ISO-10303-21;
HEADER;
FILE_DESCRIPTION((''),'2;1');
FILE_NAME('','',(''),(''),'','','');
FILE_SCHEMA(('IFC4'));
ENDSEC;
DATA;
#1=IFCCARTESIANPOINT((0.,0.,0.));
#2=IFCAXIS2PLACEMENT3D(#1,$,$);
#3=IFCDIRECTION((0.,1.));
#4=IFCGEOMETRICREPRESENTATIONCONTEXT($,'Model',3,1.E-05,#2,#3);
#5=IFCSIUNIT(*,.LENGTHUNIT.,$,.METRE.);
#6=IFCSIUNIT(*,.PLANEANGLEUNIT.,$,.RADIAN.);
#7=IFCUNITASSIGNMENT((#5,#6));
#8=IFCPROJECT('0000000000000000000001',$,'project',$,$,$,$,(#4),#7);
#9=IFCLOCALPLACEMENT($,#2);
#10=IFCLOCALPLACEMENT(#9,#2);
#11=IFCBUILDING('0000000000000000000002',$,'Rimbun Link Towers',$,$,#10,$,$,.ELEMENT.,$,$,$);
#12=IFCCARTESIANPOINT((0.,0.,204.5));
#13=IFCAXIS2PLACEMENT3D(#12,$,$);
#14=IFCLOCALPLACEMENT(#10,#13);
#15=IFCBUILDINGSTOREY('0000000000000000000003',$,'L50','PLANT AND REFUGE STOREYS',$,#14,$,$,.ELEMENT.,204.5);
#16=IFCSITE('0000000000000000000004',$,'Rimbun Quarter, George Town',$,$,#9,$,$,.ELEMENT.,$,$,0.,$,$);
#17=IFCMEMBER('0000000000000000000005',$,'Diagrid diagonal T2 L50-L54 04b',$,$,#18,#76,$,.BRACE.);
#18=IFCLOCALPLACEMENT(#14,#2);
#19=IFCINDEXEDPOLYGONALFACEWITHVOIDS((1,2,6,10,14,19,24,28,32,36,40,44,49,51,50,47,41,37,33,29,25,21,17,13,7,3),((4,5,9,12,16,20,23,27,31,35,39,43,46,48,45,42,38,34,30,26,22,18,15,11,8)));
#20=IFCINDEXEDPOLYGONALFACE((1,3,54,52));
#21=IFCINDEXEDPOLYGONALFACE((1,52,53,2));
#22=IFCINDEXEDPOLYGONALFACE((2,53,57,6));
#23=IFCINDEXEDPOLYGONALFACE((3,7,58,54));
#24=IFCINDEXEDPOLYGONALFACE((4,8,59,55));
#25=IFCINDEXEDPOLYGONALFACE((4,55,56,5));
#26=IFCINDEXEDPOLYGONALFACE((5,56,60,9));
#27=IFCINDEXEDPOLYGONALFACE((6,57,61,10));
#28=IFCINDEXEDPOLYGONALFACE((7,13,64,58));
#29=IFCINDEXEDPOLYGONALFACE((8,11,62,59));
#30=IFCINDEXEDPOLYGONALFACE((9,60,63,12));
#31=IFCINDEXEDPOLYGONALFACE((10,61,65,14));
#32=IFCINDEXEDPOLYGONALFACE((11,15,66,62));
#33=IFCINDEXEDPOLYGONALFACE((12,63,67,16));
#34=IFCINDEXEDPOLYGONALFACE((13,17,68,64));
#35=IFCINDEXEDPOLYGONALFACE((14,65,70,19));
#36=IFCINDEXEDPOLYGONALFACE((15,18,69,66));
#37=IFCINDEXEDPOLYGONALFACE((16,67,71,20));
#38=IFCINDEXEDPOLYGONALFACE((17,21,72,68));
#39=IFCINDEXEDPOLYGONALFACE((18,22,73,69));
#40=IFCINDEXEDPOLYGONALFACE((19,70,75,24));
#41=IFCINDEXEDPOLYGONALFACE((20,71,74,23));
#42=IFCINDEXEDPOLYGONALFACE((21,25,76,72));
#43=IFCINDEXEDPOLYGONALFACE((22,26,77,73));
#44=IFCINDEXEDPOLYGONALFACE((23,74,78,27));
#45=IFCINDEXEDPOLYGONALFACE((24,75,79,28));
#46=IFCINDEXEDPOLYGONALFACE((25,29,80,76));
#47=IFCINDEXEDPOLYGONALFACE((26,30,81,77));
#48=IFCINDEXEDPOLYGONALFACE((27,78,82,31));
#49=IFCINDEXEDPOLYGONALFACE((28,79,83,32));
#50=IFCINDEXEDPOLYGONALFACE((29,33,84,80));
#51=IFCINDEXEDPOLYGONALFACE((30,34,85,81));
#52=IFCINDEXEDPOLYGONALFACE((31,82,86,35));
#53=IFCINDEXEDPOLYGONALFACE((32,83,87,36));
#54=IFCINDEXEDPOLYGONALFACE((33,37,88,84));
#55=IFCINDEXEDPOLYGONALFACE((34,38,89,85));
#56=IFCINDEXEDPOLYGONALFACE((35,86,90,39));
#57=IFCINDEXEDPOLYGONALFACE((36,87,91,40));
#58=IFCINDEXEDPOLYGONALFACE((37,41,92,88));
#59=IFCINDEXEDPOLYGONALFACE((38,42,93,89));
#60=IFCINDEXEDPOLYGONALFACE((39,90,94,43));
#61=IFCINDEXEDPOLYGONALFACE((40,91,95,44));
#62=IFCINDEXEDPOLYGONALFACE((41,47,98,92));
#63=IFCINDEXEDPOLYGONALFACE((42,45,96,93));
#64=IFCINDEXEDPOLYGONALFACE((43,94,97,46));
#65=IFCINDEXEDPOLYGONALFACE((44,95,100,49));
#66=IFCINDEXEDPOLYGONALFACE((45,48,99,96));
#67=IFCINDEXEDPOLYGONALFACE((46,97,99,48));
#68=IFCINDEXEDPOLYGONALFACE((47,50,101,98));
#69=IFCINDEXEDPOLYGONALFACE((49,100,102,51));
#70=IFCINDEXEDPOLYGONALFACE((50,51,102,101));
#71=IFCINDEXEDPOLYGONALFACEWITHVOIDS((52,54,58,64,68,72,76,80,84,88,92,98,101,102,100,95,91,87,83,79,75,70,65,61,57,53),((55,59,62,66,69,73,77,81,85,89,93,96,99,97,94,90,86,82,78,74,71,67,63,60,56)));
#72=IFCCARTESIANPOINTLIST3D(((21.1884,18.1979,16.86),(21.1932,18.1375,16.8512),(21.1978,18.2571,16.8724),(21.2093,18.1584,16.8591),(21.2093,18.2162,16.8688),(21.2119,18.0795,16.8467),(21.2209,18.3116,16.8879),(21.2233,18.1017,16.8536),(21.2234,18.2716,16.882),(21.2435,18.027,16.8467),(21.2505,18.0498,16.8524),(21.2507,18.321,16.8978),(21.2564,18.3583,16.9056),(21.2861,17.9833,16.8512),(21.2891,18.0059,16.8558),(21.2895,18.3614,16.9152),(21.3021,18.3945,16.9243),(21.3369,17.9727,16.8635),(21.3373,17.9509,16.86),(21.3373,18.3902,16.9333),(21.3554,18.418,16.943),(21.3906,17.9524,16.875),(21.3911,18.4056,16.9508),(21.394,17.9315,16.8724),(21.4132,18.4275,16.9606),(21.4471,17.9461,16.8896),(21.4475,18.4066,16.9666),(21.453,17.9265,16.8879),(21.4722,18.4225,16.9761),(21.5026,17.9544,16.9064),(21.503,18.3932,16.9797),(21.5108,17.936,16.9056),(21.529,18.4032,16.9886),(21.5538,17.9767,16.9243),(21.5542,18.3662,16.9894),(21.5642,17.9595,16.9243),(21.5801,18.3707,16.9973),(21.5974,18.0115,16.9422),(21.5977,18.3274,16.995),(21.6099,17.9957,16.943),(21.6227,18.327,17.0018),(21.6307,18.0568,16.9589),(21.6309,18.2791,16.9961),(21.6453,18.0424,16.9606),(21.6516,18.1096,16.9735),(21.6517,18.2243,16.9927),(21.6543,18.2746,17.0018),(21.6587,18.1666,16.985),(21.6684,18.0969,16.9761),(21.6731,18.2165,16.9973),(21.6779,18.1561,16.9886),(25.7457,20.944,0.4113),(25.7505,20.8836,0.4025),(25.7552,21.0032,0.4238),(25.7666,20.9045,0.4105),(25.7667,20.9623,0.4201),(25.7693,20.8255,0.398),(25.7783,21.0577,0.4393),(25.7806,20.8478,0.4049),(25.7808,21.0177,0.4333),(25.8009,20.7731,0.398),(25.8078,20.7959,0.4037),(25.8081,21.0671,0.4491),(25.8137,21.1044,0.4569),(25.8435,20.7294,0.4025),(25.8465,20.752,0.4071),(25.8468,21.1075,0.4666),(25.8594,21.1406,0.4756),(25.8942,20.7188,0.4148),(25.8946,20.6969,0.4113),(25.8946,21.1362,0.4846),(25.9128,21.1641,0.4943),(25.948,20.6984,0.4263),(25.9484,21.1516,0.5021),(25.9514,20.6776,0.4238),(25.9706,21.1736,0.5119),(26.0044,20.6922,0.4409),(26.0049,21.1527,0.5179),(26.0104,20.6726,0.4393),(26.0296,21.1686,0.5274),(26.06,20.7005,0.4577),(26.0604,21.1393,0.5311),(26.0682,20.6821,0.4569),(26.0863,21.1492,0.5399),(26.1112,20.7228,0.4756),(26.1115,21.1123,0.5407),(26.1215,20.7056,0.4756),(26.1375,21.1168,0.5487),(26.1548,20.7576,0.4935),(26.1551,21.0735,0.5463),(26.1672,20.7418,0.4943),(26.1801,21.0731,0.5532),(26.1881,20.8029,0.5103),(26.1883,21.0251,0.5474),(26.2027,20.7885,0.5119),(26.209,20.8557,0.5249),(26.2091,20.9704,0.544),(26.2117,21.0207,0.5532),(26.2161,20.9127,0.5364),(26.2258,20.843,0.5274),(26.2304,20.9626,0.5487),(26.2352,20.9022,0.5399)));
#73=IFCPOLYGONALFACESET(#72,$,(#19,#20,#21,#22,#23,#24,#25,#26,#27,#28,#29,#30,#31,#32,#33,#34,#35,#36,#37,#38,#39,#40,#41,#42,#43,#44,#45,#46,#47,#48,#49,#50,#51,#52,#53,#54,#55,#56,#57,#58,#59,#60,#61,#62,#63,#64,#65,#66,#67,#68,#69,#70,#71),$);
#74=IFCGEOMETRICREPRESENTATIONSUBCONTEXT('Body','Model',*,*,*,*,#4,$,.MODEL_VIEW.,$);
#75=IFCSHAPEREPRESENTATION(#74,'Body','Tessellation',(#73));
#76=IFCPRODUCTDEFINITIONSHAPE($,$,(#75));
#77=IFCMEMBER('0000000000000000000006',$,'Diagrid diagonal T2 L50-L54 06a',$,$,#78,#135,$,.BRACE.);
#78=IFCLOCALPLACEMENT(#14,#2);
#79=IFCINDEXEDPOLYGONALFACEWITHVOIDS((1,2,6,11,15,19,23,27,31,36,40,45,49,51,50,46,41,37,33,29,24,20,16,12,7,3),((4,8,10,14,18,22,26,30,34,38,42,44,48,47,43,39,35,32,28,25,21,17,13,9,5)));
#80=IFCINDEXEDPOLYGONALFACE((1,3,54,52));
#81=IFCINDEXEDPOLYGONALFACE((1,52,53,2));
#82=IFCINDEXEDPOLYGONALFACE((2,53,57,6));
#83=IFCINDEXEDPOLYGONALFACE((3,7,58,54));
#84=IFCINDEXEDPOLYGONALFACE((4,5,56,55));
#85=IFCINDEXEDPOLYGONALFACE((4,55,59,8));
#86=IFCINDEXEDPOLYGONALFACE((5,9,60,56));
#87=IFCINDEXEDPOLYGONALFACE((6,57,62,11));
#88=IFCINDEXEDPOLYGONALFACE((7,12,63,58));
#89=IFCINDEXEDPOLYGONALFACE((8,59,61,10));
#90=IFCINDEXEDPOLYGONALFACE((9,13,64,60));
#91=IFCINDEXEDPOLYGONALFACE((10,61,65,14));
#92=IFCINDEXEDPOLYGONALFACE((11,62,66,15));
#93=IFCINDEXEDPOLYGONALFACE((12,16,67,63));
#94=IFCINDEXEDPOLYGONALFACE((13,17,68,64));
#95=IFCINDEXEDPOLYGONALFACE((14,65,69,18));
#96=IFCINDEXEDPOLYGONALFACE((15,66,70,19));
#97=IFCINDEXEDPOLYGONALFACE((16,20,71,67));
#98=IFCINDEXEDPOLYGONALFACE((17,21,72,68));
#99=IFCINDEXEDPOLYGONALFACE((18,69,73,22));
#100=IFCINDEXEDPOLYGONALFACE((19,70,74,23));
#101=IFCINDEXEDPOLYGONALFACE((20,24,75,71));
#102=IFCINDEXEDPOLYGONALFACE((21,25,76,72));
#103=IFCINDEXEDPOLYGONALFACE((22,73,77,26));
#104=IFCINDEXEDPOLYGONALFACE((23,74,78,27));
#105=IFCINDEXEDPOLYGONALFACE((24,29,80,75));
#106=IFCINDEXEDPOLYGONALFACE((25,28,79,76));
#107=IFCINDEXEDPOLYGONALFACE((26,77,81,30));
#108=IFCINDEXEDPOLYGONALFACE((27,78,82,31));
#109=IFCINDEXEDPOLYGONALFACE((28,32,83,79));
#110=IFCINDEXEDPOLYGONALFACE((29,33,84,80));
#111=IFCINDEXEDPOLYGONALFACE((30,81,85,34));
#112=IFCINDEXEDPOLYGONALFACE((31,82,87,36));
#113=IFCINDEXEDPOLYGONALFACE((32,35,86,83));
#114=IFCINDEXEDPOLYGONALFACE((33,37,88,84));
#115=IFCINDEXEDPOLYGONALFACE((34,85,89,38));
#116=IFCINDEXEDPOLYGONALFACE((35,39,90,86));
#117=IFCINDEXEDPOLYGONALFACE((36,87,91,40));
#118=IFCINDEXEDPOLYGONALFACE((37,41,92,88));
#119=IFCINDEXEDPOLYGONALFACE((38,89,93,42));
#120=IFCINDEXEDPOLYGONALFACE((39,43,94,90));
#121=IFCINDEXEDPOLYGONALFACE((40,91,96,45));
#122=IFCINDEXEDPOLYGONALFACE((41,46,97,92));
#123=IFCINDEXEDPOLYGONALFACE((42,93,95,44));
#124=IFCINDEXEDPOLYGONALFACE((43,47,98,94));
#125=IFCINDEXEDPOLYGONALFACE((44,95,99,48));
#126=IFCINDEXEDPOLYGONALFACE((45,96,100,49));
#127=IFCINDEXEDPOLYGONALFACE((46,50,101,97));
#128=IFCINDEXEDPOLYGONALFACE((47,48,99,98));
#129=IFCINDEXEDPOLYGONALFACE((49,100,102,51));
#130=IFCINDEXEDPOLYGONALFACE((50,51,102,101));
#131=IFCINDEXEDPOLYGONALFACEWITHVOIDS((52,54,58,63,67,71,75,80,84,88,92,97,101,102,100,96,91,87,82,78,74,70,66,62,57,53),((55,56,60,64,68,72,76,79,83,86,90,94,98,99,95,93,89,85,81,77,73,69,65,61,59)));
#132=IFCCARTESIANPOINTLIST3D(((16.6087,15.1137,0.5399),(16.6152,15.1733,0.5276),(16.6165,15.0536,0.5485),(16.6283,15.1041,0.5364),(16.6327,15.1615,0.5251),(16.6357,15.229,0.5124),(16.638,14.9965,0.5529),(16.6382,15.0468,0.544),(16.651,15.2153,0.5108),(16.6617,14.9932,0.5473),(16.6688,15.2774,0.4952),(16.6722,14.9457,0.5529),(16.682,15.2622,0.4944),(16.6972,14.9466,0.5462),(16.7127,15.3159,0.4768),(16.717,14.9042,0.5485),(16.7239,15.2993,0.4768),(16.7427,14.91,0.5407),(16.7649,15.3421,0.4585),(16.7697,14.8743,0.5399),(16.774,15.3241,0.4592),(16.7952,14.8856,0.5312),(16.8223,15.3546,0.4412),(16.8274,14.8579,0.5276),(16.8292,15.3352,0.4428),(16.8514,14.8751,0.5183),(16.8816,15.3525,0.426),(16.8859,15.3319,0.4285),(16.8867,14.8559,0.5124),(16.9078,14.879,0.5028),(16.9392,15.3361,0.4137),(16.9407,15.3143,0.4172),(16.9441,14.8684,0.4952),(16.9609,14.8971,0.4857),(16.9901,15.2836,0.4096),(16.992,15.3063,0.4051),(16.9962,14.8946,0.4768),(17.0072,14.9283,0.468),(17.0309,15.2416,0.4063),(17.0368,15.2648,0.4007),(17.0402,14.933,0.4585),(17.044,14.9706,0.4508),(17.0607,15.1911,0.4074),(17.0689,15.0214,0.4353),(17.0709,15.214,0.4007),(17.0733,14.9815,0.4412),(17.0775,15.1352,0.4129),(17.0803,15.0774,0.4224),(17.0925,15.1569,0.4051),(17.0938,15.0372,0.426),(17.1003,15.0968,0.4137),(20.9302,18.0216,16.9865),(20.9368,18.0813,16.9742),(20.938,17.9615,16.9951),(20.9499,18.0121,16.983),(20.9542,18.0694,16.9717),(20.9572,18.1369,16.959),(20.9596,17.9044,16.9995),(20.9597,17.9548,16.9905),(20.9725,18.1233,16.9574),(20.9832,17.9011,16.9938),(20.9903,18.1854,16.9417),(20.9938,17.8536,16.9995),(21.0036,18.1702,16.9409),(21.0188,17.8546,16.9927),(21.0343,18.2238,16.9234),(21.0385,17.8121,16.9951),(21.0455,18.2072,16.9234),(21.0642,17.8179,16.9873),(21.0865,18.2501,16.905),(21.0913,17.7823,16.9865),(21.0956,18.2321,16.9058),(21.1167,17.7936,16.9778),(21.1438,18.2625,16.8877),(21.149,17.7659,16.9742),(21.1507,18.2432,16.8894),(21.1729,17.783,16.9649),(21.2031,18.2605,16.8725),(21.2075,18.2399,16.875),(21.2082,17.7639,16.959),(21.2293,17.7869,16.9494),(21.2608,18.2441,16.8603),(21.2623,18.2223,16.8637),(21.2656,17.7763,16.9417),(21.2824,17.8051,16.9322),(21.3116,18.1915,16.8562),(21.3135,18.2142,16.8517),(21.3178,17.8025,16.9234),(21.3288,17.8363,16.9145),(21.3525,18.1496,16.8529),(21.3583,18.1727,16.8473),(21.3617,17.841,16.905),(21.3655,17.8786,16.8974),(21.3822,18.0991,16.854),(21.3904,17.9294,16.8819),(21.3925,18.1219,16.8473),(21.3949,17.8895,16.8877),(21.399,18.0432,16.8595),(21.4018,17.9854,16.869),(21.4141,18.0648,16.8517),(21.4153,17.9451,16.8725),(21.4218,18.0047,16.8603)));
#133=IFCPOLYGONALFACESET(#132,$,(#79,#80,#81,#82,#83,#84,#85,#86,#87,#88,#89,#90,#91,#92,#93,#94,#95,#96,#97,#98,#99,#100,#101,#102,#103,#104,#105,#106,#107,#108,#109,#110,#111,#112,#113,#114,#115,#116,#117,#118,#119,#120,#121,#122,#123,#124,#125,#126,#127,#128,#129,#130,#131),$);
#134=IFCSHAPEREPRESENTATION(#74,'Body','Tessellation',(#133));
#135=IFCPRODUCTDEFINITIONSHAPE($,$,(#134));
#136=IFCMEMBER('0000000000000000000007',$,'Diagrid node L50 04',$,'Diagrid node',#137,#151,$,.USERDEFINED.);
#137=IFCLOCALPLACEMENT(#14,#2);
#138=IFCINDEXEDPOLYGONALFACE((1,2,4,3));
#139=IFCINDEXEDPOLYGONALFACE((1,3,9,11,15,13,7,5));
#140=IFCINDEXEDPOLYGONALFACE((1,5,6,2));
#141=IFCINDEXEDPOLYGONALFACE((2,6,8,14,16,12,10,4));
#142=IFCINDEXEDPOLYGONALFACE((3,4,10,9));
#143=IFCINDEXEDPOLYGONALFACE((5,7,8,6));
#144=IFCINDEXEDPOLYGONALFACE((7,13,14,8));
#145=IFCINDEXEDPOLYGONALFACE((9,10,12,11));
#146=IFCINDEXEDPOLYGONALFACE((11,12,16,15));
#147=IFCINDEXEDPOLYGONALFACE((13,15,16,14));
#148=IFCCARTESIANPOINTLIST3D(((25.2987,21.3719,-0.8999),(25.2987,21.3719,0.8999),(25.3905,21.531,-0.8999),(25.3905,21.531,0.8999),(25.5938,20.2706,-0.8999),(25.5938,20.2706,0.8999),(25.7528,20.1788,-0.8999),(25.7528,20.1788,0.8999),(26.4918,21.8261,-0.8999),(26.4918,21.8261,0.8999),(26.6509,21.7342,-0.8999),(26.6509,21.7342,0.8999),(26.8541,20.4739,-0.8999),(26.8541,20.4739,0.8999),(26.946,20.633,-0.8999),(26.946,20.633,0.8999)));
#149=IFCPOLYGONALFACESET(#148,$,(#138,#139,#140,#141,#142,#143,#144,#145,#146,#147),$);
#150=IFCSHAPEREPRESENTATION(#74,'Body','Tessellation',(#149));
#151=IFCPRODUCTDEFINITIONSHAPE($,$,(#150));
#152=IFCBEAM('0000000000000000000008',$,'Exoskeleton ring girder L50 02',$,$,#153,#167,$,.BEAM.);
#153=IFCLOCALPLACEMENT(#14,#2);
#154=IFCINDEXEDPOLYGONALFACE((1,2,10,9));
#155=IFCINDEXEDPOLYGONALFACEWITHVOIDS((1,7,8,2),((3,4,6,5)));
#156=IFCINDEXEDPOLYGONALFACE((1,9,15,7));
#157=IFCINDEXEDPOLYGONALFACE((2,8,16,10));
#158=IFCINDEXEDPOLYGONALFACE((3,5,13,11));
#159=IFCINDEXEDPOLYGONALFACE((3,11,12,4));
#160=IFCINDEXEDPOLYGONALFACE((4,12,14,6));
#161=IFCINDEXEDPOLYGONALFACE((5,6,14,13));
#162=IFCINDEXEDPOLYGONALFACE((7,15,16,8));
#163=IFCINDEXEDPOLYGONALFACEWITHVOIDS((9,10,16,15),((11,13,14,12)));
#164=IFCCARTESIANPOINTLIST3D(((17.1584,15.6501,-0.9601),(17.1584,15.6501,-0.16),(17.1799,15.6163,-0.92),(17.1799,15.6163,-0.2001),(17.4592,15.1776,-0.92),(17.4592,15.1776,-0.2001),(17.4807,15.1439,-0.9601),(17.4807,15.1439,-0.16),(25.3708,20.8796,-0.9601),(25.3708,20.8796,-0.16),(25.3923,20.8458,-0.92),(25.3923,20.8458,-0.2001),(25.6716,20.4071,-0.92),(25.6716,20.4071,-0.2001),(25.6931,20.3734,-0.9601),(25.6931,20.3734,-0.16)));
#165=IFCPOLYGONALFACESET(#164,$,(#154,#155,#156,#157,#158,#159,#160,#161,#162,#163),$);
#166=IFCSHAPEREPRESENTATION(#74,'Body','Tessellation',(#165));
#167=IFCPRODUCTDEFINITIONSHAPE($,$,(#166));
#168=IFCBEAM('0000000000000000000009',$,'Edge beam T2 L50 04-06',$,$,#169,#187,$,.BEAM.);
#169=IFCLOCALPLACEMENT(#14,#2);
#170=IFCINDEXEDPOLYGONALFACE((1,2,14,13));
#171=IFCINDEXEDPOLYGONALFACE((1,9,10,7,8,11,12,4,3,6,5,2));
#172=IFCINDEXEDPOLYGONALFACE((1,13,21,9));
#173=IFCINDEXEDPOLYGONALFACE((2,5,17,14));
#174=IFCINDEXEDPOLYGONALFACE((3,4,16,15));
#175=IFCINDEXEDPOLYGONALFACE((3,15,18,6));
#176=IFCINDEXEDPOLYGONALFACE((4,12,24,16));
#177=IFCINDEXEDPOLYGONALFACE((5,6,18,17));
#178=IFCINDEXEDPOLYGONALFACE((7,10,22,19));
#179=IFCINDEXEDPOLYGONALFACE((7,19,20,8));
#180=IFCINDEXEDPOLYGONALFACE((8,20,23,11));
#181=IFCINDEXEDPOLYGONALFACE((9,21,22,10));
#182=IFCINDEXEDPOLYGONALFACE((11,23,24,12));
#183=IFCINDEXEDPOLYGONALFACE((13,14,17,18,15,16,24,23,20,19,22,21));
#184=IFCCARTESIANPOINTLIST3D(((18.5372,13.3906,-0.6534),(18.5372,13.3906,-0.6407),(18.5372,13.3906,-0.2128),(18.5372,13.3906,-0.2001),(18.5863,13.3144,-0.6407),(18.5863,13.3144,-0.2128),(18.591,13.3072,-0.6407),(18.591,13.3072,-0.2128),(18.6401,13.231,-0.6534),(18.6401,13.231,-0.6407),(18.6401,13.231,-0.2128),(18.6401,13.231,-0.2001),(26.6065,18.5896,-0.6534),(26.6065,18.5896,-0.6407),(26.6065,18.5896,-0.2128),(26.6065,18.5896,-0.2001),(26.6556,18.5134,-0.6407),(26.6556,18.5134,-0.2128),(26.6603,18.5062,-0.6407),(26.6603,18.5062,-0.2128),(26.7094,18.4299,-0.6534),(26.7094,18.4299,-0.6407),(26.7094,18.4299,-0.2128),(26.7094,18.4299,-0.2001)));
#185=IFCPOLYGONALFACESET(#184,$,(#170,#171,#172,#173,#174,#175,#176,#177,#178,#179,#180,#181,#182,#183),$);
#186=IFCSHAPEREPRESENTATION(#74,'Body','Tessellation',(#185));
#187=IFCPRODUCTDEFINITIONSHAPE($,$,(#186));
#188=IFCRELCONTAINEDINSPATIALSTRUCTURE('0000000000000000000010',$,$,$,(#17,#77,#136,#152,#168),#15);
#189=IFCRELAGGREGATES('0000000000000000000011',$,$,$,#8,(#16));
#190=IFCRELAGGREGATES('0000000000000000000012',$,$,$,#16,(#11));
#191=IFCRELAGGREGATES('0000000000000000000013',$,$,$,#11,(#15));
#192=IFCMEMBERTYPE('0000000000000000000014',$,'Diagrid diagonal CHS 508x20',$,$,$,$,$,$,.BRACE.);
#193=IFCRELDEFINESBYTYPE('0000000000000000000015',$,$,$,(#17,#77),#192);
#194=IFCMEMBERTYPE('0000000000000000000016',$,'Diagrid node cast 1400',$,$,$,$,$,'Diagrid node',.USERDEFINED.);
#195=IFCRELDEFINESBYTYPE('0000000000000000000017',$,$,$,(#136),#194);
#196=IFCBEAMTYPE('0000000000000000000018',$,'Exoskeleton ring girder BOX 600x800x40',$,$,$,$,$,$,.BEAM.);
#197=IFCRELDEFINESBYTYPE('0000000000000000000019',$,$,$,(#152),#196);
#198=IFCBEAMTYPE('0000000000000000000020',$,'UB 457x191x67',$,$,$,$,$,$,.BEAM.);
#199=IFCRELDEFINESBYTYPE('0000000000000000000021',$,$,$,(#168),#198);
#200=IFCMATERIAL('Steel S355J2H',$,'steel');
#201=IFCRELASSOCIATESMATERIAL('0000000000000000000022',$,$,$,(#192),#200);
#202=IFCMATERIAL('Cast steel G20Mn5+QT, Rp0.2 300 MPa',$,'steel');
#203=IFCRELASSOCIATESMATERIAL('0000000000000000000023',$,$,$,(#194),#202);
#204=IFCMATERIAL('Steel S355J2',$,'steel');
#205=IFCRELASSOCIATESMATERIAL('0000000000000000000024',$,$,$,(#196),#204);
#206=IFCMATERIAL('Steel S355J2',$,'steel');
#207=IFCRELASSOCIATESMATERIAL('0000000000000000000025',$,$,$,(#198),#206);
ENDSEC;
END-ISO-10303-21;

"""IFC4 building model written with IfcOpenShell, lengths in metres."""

from ifc_helpers import new_model, si_unit, direction, frame, origin, origin_2d, place, context, subcontext, project, spatial, polyline, hollow_rectangle, hollow_circle, i_section, outline, extrude, material, material_profile, profile_set, type_object, element, save


model = new_model("IFC4")

# Units and contexts
model_context = context("Model", 3, precision=1e-05, world=origin(), true_north=direction((0.0, 1.0)))
body_context = subcontext(model_context, "Body", "Model", "MODEL_VIEW")
ifc_project = project(units=[si_unit("LENGTHUNIT", "METRE"), si_unit("PLANEANGLEUNIT", "RADIAN")], contexts=[model_context])

# Site, building, storey
site_placement = place(None, origin())
site = spatial("IfcSite", under=ifc_project, at=site_placement, Name="Rimbun Quarter, George Town", CompositionType="ELEMENT", RefElevation=0.0)
building_placement = place(site_placement, origin())
building = spatial("IfcBuilding", under=site, at=building_placement, Name="Rimbun Link Towers", CompositionType="ELEMENT")
storey_placement = place(building_placement, frame((0.0, 0.0, 204.5)))
storey = spatial("IfcBuildingStorey", under=building, at=storey_placement, Name="L50", Description="PLANT AND REFUGE STOREYS", CompositionType="ELEMENT", Elevation=204.5)

# Members
ifc_material_1 = material(Name="Steel S355J2H", Category="steel")
ifc_material_profile_1 = material_profile(ifc_material_1, hollow_circle(Radius=0.2539, WallThickness=0.02, at=origin_2d()), Name="Diagrid diagonal CHS 508x20")
ifc_profile_set_1 = profile_set([ifc_material_profile_1], Name="Steel S355J2H")
member_type_1 = type_object("IfcMemberType", Name="Diagrid diagonal CHS 508x20", PredefinedType="BRACE", material=ifc_profile_set_1)
member_1_placement = place(storey_placement, frame((25.9905, 20.9231, 0.4756), z_axis=(-0.263616, -0.158845, 0.951459), x_axis=(0.516108, -0.856524, 0.0)))
element("IfcMember", 1, at=member_1_placement, inside=storey, type_object=member_type_1, Name="Diagrid diagonal T2 L50-L54 04b", PredefinedType="BRACE", context=body_context, shape_type="SweptSolid", body=[
    extrude(hollow_circle(Radius=0.2539, WallThickness=0.02, at=origin_2d()), origin(), (0.0, 0.0, 1.0), 17.2878),
])
member_2_placement = place(storey_placement, frame((16.8545, 15.1052, 0.4768), z_axis=(0.250499, 0.168561, 0.95333), x_axis=(-0.558275, 0.829656, 0.0)))
element("IfcMember", 2, at=member_2_placement, inside=storey, type_object=member_type_1, Name="Diagrid diagonal T2 L50-L54 06a", PredefinedType="BRACE", context=body_context, shape_type="SweptSolid", body=[
    extrude(hollow_circle(Radius=0.2539, WallThickness=0.02, at=origin_2d()), origin(), (0.0, 0.0, 1.0), 17.2517),
])
ifc_material_2 = material(Name="Cast steel G20Mn5+QT, Rp0.2 300 MPa", Category="steel")
ifc_material_profile_2 = material_profile(ifc_material_2, outline(polyline([(0.7, -0.5701), (0.7, 0.5701), (0.5701, 0.7), (-0.5701, 0.7), (-0.7, 0.5701), (-0.7, -0.5701), (-0.5701, -0.7), (0.5701, -0.7), (0.7, -0.5701)])), Name="NODE 1400x1400")
ifc_profile_set_2 = profile_set([ifc_material_profile_2], Name="Cast steel G20Mn5+QT, Rp0.2 300 MPa")
member_type_2 = type_object("IfcMemberType", Name="Diagrid node cast 1400", ElementType="Diagrid node", PredefinedType="USERDEFINED", material=ifc_profile_set_2)
member_3_placement = place(storey_placement, frame((26.1223, 21.0024, -0.8999), z_axis=(0.0, 0.0, 1.0), x_axis=(-0.258819, 0.965926, 0.0)))
element("IfcMember", 3, at=member_3_placement, inside=storey, type_object=member_type_2, Name="Diagrid node L50 04", ObjectType="Diagrid node", PredefinedType="USERDEFINED", context=body_context, shape_type="SweptSolid", body=[
    extrude(outline(polyline([(0.7, -0.5701), (0.7, 0.5701), (0.5701, 0.7), (-0.5701, 0.7), (-0.7, 0.5701), (-0.7, -0.5701), (-0.5701, -0.7), (0.5701, -0.7), (0.7, -0.5701)])), origin(), (0.0, 0.0, 1.0), 1.7998),
])

# Beams
ifc_material_3 = material(Name="Steel S355J2", Category="steel")
ifc_material_profile_3 = material_profile(ifc_material_3, hollow_rectangle(XDim=0.6001, YDim=0.8, WallThickness=0.04, at=origin_2d()), Name="Exoskeleton ring girder BOX 600x800x40")
ifc_profile_set_3 = profile_set([ifc_material_profile_3], Name="Steel S355J2")
beam_type_1 = type_object("IfcBeamType", Name="Exoskeleton ring girder BOX 600x800x40", PredefinedType="BEAM", material=ifc_profile_set_3)
beam_1_placement = place(storey_placement, frame((25.532, 20.6265, -0.5601), z_axis=(-0.843502, -0.537125, 0.0), x_axis=(0.537125, -0.843502, 0.0)))
element("IfcBeam", 4, at=beam_1_placement, inside=storey, type_object=beam_type_1, Name="Exoskeleton ring girder L50 02", PredefinedType="BEAM", context=body_context, shape_type="SweptSolid", body=[
    extrude(hollow_rectangle(XDim=0.6001, YDim=0.8, WallThickness=0.04, at=origin_2d()), origin(), (0.0, 0.0, 1.0), 9.7361),
])
ifc_material_4 = material(Name="Steel S355J2", Category="steel")
ifc_material_profile_4 = material_profile(ifc_material_4, i_section(OverallWidth=0.1899, OverallDepth=0.4534, WebThickness=0.0085, FlangeThickness=0.0127, at=origin_2d()), Name="UB 457x191x67")
ifc_profile_set_4 = profile_set([ifc_material_profile_4], Name="Steel S355J2")
beam_type_2 = type_object("IfcBeamType", Name="UB 457x191x67", PredefinedType="BEAM", material=ifc_profile_set_4)
beam_2_placement = place(storey_placement, frame((26.658, 18.5098, -0.4268), z_axis=(-0.840631, -0.541608, 0.0), x_axis=(0.541608, -0.840631, 0.0)))
element("IfcBeam", 5, at=beam_2_placement, inside=storey, type_object=beam_type_2, Name="Edge beam T2 L50 04-06", PredefinedType="BEAM", context=body_context, shape_type="SweptSolid", body=[
    extrude(i_section(OverallWidth=0.1899, OverallDepth=0.4534, WebThickness=0.0085, FlangeThickness=0.0127, at=origin_2d()), origin(), (0.0, 0.0, 1.0), 9.5991),
])

save(model, "model.ifc")
